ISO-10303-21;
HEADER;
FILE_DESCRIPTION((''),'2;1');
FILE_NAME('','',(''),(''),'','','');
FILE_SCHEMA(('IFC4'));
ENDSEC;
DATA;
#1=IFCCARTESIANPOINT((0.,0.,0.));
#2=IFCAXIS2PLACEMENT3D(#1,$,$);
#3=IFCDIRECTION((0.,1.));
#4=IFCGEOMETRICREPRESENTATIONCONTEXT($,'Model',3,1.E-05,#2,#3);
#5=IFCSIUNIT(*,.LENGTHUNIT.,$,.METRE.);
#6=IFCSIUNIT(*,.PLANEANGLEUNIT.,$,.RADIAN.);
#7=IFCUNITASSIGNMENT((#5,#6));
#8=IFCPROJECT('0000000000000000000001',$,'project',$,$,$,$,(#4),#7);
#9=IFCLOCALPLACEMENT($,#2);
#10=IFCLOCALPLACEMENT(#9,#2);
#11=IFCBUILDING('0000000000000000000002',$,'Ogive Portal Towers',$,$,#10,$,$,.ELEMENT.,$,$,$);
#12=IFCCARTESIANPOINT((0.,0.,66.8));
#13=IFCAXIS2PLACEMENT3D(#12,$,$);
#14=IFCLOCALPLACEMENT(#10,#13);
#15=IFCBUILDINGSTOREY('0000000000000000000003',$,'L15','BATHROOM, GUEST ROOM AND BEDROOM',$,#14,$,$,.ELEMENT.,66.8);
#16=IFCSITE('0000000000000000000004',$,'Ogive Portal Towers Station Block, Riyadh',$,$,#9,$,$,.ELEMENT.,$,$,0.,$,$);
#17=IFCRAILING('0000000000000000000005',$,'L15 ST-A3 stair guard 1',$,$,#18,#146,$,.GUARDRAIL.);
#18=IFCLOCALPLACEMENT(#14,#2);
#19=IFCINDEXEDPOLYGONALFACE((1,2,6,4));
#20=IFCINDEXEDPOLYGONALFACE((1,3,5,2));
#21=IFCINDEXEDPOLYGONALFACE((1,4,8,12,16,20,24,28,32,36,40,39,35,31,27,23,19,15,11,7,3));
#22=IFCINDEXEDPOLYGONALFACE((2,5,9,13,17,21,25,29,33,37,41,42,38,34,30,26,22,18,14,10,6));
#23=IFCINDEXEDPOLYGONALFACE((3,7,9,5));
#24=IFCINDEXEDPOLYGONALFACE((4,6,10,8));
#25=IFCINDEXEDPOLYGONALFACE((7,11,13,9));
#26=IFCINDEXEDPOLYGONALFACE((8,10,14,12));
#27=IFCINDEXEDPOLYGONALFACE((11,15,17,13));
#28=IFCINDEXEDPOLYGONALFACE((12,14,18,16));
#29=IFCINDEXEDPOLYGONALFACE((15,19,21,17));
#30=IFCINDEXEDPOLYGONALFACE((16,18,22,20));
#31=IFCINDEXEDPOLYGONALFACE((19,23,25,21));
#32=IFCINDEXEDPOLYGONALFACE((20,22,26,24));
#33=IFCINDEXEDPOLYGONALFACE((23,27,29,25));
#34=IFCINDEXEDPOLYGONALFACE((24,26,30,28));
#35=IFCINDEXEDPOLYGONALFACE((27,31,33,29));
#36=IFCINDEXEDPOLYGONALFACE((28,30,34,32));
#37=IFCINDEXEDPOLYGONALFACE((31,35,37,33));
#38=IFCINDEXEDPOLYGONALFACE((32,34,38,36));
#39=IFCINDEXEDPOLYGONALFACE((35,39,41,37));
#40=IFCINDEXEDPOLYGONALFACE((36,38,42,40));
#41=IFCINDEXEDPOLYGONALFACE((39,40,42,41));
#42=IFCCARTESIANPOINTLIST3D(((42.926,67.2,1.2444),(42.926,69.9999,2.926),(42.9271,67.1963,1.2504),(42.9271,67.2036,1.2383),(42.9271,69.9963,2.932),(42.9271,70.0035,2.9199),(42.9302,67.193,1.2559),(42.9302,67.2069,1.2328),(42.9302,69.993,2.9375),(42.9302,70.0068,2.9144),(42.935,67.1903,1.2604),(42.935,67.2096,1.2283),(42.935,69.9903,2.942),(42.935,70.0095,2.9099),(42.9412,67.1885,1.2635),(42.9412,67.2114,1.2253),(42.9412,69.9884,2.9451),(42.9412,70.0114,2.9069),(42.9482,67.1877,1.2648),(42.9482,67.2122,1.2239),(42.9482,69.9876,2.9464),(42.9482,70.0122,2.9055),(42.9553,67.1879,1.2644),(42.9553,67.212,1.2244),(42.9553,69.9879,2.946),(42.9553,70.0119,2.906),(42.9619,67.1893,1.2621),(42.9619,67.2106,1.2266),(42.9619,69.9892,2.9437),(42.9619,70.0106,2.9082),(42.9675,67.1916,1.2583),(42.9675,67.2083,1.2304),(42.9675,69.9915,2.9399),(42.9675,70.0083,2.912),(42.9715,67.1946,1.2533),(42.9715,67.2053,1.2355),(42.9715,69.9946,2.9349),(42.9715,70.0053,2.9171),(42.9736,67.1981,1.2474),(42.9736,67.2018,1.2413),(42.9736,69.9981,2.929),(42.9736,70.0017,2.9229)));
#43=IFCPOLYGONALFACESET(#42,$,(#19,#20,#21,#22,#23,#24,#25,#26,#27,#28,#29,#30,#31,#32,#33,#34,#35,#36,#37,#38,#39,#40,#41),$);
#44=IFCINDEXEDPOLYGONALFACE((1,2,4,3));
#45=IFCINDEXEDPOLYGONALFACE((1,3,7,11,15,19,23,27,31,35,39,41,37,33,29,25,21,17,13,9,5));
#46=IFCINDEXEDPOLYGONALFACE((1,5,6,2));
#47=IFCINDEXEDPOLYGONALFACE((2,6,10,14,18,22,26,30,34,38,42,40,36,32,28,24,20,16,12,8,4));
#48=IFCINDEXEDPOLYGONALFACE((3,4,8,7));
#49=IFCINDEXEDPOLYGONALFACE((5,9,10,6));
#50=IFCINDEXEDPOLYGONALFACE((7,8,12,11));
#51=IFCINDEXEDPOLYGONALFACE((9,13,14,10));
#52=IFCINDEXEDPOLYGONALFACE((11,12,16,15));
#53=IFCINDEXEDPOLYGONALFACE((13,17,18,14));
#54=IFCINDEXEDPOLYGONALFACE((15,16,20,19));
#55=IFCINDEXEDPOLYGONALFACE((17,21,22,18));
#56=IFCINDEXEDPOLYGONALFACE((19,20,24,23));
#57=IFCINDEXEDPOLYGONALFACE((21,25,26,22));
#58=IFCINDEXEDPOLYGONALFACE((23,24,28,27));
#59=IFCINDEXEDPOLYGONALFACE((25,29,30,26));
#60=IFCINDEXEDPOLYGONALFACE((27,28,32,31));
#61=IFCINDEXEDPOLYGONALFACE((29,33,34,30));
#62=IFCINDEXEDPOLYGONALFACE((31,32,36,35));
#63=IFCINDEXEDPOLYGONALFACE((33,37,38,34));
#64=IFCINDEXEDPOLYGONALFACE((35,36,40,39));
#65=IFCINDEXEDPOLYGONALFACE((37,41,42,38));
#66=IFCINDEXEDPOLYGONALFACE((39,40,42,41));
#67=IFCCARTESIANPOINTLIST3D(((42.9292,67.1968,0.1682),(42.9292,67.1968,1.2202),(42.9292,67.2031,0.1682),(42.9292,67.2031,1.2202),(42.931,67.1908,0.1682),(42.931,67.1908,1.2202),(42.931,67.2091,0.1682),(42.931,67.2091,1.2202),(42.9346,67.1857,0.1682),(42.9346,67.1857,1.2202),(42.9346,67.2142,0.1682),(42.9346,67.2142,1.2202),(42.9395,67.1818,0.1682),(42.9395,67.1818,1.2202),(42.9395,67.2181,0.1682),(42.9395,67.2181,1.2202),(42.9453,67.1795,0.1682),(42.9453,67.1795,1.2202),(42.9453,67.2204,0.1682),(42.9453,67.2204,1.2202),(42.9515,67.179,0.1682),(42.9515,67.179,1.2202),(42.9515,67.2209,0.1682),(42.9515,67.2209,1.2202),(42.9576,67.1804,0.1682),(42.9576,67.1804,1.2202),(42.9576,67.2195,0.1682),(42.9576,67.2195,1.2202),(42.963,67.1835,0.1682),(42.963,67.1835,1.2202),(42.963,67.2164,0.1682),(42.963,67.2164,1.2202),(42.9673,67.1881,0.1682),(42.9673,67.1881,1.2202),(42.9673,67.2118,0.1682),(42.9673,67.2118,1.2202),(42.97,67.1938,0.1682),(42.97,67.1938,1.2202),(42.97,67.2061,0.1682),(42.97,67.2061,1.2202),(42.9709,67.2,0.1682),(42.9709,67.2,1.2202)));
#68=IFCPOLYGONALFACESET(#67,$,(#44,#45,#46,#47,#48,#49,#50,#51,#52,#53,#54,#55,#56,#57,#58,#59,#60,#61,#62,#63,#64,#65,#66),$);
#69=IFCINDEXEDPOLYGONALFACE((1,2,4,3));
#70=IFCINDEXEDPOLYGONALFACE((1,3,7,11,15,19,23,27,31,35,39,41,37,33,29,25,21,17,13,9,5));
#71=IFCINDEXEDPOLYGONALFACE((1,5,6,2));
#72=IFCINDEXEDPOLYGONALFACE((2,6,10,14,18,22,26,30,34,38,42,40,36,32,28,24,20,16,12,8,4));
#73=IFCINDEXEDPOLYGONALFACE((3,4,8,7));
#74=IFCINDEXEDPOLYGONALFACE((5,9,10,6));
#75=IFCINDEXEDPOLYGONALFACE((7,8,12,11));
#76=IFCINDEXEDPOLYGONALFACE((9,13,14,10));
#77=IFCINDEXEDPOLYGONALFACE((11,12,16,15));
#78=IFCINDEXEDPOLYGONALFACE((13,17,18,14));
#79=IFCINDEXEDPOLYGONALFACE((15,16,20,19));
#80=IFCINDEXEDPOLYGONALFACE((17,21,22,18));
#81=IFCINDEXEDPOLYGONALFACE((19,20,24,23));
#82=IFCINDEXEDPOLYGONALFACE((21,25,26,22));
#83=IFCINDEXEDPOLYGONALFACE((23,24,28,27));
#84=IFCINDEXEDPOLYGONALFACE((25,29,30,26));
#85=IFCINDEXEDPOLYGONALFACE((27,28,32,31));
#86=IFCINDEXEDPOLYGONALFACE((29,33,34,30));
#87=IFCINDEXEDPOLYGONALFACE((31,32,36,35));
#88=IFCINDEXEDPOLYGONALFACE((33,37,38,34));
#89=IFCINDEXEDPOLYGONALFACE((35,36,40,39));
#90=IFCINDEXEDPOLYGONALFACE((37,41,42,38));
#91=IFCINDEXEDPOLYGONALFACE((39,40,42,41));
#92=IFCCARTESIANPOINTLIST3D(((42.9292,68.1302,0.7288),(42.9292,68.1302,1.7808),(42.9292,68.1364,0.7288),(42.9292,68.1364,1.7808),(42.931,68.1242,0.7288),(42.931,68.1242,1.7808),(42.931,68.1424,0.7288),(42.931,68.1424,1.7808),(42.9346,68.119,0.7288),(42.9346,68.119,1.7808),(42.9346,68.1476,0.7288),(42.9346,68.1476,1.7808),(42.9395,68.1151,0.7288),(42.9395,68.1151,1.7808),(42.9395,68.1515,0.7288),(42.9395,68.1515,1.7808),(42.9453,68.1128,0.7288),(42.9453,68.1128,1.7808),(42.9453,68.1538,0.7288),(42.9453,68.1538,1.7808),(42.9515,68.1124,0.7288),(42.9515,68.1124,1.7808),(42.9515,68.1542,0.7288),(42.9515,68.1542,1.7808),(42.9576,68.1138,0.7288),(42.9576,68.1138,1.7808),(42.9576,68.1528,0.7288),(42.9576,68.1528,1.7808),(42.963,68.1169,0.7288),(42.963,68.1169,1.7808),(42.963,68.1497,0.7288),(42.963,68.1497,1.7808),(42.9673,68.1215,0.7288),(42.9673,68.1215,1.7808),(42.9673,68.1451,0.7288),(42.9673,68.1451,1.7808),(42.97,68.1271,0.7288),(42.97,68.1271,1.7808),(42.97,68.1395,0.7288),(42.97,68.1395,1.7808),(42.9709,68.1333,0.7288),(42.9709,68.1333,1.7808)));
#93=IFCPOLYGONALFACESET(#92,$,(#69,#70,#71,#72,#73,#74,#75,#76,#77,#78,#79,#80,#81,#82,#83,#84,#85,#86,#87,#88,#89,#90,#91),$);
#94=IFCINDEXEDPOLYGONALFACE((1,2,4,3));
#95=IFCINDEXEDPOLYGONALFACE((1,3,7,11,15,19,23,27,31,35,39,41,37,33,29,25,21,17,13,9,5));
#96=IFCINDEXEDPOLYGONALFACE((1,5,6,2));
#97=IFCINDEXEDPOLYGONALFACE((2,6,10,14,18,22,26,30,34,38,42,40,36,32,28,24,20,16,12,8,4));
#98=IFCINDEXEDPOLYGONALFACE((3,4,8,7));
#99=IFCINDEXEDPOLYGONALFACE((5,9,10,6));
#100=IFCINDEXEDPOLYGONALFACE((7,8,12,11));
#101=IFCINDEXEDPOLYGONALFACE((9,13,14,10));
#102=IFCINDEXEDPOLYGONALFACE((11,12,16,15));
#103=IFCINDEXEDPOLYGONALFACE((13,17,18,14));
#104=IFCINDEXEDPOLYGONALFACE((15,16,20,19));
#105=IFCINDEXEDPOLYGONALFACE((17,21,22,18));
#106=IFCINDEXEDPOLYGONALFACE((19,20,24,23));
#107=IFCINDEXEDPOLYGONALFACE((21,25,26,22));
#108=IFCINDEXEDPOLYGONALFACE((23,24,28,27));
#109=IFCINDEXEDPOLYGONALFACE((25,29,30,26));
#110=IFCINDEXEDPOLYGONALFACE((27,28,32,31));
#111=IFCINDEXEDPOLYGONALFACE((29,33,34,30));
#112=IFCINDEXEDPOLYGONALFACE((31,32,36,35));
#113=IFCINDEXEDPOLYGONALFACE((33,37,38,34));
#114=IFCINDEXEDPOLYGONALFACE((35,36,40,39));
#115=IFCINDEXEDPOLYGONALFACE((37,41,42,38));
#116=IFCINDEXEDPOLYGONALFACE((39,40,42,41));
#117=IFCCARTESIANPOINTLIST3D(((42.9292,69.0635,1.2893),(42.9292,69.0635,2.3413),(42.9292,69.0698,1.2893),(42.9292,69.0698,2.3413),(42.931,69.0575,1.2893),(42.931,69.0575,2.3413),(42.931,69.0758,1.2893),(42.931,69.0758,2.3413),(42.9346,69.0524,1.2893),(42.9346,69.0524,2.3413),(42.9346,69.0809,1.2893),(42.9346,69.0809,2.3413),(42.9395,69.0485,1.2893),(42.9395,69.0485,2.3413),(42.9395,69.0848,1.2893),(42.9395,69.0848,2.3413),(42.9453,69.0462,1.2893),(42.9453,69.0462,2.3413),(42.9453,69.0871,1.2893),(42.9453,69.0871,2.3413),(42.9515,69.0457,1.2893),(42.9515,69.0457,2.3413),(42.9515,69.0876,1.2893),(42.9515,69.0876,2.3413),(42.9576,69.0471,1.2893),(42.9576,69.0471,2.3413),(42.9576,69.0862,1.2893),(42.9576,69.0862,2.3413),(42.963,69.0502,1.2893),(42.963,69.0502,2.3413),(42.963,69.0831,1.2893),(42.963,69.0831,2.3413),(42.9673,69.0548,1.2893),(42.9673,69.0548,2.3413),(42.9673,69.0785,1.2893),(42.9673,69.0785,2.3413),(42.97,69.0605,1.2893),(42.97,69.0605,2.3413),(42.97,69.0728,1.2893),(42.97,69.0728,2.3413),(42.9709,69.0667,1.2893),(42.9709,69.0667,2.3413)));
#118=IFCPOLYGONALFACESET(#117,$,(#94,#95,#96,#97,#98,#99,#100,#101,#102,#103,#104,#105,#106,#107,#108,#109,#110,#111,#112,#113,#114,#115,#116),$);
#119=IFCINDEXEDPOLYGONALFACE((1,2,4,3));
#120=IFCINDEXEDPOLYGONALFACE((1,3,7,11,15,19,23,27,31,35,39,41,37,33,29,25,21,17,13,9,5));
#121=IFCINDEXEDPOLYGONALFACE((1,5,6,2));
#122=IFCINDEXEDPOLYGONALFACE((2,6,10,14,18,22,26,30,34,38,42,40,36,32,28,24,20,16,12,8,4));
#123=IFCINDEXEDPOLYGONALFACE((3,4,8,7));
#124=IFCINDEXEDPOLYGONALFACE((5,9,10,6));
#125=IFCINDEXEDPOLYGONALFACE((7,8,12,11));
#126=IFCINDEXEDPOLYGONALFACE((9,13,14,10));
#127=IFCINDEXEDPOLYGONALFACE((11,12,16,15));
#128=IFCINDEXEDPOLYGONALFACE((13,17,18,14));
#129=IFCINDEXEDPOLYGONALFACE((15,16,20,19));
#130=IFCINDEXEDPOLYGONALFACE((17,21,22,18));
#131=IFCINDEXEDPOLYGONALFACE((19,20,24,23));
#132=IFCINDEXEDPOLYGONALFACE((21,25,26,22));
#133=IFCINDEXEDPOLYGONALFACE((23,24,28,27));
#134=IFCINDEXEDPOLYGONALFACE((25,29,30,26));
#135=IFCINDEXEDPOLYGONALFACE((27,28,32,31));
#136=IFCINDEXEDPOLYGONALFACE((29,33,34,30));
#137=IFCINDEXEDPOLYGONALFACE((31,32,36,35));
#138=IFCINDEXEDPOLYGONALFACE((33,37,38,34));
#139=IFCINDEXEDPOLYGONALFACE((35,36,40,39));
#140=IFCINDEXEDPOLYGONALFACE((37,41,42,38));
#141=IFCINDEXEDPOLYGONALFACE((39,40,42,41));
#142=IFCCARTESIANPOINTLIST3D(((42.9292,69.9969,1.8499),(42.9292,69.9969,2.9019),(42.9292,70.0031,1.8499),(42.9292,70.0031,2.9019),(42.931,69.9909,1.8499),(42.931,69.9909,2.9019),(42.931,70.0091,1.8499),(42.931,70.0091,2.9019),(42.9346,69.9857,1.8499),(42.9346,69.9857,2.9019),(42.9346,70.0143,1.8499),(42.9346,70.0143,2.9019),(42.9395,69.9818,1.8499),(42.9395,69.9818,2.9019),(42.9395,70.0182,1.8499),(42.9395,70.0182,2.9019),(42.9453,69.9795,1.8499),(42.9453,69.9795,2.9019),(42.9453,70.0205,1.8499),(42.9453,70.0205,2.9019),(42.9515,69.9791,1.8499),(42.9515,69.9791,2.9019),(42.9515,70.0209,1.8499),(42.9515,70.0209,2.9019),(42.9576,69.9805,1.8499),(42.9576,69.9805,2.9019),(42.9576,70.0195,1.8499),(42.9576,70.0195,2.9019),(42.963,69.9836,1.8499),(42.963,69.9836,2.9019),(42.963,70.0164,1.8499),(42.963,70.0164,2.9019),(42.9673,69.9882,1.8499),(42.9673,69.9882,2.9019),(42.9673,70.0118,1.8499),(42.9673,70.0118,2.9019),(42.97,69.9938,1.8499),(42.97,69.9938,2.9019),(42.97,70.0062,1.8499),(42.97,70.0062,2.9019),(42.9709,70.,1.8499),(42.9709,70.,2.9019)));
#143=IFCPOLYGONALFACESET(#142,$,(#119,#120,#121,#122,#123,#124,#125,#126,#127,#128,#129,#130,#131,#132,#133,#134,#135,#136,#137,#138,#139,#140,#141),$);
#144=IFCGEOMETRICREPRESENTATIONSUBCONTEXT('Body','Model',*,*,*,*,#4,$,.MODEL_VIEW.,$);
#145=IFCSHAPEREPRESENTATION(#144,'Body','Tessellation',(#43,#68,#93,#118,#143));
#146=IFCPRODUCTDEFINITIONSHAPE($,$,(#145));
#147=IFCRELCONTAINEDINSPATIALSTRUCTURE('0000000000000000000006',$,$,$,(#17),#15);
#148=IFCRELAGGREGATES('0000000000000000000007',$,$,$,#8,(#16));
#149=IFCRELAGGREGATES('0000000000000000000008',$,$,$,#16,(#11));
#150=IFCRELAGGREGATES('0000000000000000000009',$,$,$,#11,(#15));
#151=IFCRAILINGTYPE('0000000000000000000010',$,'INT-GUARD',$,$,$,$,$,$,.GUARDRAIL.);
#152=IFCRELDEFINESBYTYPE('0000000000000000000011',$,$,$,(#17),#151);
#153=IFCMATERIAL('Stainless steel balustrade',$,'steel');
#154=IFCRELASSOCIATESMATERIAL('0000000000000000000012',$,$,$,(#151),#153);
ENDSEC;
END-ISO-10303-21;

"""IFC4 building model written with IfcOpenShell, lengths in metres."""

from ifc_helpers import new_model, si_unit, direction, frame, origin, origin_2d, place, context, subcontext, project, spatial, circle, extrude, material, type_object, element, save


model = new_model("IFC4")

# Units and contexts
model_context = context("Model", 3, precision=1e-05, world=origin(), true_north=direction((0.0, 1.0)))
body_context = subcontext(model_context, "Body", "Model", "MODEL_VIEW")
ifc_project = project(units=[si_unit("LENGTHUNIT", "METRE"), si_unit("PLANEANGLEUNIT", "RADIAN")], contexts=[model_context])

# Site, building, storey
site_placement = place(None, origin())
site = spatial("IfcSite", under=ifc_project, at=site_placement, Name="Ogive Portal Towers Station Block, Riyadh", CompositionType="ELEMENT", RefElevation=0.0)
building_placement = place(site_placement, origin())
building = spatial("IfcBuilding", under=site, at=building_placement, Name="Ogive Portal Towers", CompositionType="ELEMENT")
storey_placement = place(building_placement, frame((0.0, 0.0, 66.8)))
storey = spatial("IfcBuildingStorey", under=building, at=storey_placement, Name="L15", Description="BATHROOM, GUEST ROOM AND BEDROOM", CompositionType="ELEMENT", Elevation=66.8)

# Railing
ifc_material_1 = material(Name="Stainless steel balustrade", Category="steel")
railing_type_1 = type_object("IfcRailingType", Name="INT-GUARD", PredefinedType="GUARDRAIL", material=ifc_material_1)
railing_1_placement = place(storey_placement, frame((42.95, 67.2, 0.1682)))
element("IfcRailing", 1, at=railing_1_placement, inside=storey, type_object=railing_type_1, Name="L15 ST-A3 stair guard 1", PredefinedType="GUARDRAIL", context=body_context, shape_type="SweptSolid", body=[
    extrude(circle(Radius=0.0239, at=origin_2d()), frame((0.0, 0.0, 1.0762), z_axis=(0.0, 0.857275, 0.514858), x_axis=(-1.0, 0.0, 0.0)), (0.0, 0.0, 1.0), 3.2661),
    extrude(circle(Radius=0.021, at=origin_2d()), origin(), (0.0, 0.0, 1.0), 1.052),
    extrude(circle(Radius=0.021, at=origin_2d()), frame((0.0, 0.9333, 0.5605)), (0.0, 0.0, 1.0), 1.052),
    extrude(circle(Radius=0.021, at=origin_2d()), frame((0.0, 1.8667, 1.1211)), (0.0, 0.0, 1.0), 1.052),
    extrude(circle(Radius=0.021, at=origin_2d()), frame((0.0, 2.8, 1.6816)), (0.0, 0.0, 1.0), 1.052),
])

save(model, "model.ifc")
